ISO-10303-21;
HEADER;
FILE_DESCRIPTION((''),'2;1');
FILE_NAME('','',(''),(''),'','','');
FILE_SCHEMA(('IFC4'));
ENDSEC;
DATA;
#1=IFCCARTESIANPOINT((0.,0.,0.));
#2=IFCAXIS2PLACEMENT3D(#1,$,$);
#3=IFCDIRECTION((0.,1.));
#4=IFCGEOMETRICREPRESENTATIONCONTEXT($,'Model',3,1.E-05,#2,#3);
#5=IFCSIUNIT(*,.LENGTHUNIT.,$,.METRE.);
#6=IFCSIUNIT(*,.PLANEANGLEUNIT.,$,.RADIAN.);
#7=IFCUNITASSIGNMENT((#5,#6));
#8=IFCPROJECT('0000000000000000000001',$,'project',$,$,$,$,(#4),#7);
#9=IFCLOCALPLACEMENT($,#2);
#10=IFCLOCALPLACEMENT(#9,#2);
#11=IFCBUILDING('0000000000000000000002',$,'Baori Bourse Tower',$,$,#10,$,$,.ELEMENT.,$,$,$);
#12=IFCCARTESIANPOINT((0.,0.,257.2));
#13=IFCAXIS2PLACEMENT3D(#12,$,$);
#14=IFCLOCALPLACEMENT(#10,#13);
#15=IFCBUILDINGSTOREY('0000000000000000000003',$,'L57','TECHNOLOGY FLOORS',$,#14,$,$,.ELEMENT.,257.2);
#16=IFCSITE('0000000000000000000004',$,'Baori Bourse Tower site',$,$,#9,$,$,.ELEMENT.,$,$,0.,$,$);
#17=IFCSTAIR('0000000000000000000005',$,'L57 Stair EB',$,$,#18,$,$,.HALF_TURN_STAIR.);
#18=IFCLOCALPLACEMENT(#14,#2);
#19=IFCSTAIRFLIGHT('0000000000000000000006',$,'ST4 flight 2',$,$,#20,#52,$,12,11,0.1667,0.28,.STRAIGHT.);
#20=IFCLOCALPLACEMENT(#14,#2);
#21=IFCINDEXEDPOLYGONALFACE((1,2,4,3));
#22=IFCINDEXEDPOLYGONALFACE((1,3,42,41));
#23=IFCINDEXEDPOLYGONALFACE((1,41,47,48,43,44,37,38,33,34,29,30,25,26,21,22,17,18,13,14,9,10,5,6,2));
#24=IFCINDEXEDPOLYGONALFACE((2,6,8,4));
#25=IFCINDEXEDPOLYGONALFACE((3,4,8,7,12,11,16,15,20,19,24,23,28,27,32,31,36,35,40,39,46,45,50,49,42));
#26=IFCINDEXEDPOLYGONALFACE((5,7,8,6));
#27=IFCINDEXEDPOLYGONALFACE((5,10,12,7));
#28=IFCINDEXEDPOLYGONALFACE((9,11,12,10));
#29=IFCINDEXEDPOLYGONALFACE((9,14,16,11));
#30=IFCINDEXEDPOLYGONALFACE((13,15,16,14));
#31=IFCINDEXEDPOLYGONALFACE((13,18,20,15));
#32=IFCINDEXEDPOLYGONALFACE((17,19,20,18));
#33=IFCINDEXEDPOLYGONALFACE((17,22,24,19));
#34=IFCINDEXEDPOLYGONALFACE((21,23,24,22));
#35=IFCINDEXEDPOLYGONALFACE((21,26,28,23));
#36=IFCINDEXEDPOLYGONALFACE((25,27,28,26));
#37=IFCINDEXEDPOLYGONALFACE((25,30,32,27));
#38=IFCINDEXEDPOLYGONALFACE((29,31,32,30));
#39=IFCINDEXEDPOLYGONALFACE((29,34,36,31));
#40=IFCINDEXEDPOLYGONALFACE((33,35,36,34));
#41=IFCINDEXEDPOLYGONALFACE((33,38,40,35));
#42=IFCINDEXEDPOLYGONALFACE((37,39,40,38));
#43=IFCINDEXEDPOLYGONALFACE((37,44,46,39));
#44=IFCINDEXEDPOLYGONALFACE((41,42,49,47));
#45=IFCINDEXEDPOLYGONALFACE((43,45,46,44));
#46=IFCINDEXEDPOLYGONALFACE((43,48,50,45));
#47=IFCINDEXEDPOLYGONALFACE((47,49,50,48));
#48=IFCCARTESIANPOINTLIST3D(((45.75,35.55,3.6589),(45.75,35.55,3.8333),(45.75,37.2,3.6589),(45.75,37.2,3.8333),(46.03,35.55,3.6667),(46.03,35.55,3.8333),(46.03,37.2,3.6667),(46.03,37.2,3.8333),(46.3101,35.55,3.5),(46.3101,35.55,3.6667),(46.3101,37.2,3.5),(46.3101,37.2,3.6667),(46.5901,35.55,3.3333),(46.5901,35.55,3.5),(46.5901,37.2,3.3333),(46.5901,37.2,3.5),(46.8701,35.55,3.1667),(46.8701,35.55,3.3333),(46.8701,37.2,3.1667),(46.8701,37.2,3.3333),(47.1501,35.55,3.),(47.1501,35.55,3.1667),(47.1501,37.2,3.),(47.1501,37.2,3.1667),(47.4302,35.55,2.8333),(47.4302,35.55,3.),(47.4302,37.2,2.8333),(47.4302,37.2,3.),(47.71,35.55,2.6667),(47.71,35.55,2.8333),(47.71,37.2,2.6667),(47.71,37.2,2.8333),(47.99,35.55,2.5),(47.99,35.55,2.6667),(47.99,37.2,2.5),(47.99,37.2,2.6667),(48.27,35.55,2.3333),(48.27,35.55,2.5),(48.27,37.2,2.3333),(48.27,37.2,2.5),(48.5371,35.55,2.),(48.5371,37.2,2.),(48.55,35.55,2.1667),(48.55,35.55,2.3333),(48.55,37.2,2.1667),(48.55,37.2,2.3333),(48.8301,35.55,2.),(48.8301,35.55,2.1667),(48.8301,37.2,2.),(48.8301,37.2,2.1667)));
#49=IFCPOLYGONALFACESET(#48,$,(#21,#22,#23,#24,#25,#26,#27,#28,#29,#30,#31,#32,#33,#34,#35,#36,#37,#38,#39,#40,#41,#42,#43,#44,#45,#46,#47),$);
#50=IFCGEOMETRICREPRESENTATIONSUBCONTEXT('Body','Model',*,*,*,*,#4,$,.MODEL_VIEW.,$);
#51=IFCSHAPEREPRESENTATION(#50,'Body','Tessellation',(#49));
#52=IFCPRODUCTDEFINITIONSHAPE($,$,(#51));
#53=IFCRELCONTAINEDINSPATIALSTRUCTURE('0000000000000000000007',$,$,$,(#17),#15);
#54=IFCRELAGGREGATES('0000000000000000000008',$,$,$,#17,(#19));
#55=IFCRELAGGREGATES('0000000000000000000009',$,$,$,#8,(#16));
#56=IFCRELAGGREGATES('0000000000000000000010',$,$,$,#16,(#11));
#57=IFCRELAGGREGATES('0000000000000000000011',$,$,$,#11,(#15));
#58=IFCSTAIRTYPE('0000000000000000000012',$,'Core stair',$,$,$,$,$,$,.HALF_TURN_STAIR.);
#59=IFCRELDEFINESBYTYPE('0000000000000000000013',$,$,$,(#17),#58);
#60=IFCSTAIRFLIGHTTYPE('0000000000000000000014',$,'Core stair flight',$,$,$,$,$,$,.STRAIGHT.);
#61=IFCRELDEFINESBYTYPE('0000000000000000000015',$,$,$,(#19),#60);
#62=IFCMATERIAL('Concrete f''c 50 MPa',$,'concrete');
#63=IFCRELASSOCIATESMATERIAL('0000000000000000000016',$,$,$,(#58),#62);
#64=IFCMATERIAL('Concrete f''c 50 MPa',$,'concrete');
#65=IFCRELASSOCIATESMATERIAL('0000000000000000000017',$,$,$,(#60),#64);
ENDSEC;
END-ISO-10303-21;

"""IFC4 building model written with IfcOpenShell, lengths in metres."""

from ifc_helpers import new_model, si_unit, direction, frame, origin, place, context, subcontext, project, spatial, polyline, outline, extrude, material, type_object, element, aggregate, save


model = new_model("IFC4")

# Units and contexts
model_context = context("Model", 3, precision=1e-05, world=origin(), true_north=direction((0.0, 1.0)))
body_context = subcontext(model_context, "Body", "Model", "MODEL_VIEW")
ifc_project = project(units=[si_unit("LENGTHUNIT", "METRE"), si_unit("PLANEANGLEUNIT", "RADIAN")], contexts=[model_context])

# Site, building, storey
site_placement = place(None, origin())
site = spatial("IfcSite", under=ifc_project, at=site_placement, Name="Baori Bourse Tower site", CompositionType="ELEMENT", RefElevation=0.0)
building_placement = place(site_placement, origin())
building = spatial("IfcBuilding", under=site, at=building_placement, Name="Baori Bourse Tower", CompositionType="ELEMENT")
storey_placement = place(building_placement, frame((0.0, 0.0, 257.2)))
storey = spatial("IfcBuildingStorey", under=building, at=storey_placement, Name="L57", Description="TECHNOLOGY FLOORS", CompositionType="ELEMENT", Elevation=257.2)

# Stair, stair flight
ifc_material_1 = material(Name="Concrete f'c 50 MPa", Category="concrete")
stair_type = type_object("IfcStairType", Name="Core stair", PredefinedType="HALF_TURN_STAIR", material=ifc_material_1)
stair_placement = place(storey_placement, origin())
stair = element("IfcStair", 1, at=stair_placement, inside=storey, type_object=stair_type, Name="L57 Stair EB", PredefinedType="HALF_TURN_STAIR")
ifc_material_2 = material(Name="Concrete f'c 50 MPa", Category="concrete")
stair_flight_type = type_object("IfcStairFlightType", Name="Core stair flight", PredefinedType="STRAIGHT", material=ifc_material_2)
stair_flight_1_placement = place(storey_placement, frame((48.8301, 36.375, 2.0), z_axis=(0.0, 0.0, 1.0), x_axis=(-1.0, 0.0, 0.0)))
stair_flight_1 = element("IfcStairFlight", 2, at=stair_flight_1_placement, type_object=stair_flight_type, Name="ST4 flight 2", NumberOfRisers=12, NumberOfTreads=11, PredefinedType="STRAIGHT", RiserHeight=0.1667, TreadLength=0.28, context=body_context, shape_type="SweptSolid", body=[
    extrude(outline(polyline([(0.0, 0.0), (0.0, 0.1667), (0.28, 0.1667), (0.28, 0.3333), (0.5601, 0.3333), (0.5601, 0.5), (0.8401, 0.5), (0.8401, 0.6667), (1.1201, 0.6667), (1.1201, 0.8333), (1.3999, 0.8333), (1.3999, 1.0), (1.6799, 1.0), (1.6799, 1.1667), (1.96, 1.1667), (1.96, 1.3333), (2.24, 1.3333), (2.24, 1.5), (2.52, 1.5), (2.52, 1.6667), (2.8, 1.6667), (2.8, 1.8333), (3.0801, 1.8333), (3.0801, 2.0), (3.0801, 1.6589), (0.293, 0.0), (0.0, 0.0)])), frame((0.0, 0.825, 0.0), z_axis=(0.0, -1.0, 0.0), x_axis=(1.0, 0.0, 0.0)), (0.0, 0.0, 1.0), 1.6499),
])
aggregate(stair, [stair_flight_1])

save(model, "model.ifc")
